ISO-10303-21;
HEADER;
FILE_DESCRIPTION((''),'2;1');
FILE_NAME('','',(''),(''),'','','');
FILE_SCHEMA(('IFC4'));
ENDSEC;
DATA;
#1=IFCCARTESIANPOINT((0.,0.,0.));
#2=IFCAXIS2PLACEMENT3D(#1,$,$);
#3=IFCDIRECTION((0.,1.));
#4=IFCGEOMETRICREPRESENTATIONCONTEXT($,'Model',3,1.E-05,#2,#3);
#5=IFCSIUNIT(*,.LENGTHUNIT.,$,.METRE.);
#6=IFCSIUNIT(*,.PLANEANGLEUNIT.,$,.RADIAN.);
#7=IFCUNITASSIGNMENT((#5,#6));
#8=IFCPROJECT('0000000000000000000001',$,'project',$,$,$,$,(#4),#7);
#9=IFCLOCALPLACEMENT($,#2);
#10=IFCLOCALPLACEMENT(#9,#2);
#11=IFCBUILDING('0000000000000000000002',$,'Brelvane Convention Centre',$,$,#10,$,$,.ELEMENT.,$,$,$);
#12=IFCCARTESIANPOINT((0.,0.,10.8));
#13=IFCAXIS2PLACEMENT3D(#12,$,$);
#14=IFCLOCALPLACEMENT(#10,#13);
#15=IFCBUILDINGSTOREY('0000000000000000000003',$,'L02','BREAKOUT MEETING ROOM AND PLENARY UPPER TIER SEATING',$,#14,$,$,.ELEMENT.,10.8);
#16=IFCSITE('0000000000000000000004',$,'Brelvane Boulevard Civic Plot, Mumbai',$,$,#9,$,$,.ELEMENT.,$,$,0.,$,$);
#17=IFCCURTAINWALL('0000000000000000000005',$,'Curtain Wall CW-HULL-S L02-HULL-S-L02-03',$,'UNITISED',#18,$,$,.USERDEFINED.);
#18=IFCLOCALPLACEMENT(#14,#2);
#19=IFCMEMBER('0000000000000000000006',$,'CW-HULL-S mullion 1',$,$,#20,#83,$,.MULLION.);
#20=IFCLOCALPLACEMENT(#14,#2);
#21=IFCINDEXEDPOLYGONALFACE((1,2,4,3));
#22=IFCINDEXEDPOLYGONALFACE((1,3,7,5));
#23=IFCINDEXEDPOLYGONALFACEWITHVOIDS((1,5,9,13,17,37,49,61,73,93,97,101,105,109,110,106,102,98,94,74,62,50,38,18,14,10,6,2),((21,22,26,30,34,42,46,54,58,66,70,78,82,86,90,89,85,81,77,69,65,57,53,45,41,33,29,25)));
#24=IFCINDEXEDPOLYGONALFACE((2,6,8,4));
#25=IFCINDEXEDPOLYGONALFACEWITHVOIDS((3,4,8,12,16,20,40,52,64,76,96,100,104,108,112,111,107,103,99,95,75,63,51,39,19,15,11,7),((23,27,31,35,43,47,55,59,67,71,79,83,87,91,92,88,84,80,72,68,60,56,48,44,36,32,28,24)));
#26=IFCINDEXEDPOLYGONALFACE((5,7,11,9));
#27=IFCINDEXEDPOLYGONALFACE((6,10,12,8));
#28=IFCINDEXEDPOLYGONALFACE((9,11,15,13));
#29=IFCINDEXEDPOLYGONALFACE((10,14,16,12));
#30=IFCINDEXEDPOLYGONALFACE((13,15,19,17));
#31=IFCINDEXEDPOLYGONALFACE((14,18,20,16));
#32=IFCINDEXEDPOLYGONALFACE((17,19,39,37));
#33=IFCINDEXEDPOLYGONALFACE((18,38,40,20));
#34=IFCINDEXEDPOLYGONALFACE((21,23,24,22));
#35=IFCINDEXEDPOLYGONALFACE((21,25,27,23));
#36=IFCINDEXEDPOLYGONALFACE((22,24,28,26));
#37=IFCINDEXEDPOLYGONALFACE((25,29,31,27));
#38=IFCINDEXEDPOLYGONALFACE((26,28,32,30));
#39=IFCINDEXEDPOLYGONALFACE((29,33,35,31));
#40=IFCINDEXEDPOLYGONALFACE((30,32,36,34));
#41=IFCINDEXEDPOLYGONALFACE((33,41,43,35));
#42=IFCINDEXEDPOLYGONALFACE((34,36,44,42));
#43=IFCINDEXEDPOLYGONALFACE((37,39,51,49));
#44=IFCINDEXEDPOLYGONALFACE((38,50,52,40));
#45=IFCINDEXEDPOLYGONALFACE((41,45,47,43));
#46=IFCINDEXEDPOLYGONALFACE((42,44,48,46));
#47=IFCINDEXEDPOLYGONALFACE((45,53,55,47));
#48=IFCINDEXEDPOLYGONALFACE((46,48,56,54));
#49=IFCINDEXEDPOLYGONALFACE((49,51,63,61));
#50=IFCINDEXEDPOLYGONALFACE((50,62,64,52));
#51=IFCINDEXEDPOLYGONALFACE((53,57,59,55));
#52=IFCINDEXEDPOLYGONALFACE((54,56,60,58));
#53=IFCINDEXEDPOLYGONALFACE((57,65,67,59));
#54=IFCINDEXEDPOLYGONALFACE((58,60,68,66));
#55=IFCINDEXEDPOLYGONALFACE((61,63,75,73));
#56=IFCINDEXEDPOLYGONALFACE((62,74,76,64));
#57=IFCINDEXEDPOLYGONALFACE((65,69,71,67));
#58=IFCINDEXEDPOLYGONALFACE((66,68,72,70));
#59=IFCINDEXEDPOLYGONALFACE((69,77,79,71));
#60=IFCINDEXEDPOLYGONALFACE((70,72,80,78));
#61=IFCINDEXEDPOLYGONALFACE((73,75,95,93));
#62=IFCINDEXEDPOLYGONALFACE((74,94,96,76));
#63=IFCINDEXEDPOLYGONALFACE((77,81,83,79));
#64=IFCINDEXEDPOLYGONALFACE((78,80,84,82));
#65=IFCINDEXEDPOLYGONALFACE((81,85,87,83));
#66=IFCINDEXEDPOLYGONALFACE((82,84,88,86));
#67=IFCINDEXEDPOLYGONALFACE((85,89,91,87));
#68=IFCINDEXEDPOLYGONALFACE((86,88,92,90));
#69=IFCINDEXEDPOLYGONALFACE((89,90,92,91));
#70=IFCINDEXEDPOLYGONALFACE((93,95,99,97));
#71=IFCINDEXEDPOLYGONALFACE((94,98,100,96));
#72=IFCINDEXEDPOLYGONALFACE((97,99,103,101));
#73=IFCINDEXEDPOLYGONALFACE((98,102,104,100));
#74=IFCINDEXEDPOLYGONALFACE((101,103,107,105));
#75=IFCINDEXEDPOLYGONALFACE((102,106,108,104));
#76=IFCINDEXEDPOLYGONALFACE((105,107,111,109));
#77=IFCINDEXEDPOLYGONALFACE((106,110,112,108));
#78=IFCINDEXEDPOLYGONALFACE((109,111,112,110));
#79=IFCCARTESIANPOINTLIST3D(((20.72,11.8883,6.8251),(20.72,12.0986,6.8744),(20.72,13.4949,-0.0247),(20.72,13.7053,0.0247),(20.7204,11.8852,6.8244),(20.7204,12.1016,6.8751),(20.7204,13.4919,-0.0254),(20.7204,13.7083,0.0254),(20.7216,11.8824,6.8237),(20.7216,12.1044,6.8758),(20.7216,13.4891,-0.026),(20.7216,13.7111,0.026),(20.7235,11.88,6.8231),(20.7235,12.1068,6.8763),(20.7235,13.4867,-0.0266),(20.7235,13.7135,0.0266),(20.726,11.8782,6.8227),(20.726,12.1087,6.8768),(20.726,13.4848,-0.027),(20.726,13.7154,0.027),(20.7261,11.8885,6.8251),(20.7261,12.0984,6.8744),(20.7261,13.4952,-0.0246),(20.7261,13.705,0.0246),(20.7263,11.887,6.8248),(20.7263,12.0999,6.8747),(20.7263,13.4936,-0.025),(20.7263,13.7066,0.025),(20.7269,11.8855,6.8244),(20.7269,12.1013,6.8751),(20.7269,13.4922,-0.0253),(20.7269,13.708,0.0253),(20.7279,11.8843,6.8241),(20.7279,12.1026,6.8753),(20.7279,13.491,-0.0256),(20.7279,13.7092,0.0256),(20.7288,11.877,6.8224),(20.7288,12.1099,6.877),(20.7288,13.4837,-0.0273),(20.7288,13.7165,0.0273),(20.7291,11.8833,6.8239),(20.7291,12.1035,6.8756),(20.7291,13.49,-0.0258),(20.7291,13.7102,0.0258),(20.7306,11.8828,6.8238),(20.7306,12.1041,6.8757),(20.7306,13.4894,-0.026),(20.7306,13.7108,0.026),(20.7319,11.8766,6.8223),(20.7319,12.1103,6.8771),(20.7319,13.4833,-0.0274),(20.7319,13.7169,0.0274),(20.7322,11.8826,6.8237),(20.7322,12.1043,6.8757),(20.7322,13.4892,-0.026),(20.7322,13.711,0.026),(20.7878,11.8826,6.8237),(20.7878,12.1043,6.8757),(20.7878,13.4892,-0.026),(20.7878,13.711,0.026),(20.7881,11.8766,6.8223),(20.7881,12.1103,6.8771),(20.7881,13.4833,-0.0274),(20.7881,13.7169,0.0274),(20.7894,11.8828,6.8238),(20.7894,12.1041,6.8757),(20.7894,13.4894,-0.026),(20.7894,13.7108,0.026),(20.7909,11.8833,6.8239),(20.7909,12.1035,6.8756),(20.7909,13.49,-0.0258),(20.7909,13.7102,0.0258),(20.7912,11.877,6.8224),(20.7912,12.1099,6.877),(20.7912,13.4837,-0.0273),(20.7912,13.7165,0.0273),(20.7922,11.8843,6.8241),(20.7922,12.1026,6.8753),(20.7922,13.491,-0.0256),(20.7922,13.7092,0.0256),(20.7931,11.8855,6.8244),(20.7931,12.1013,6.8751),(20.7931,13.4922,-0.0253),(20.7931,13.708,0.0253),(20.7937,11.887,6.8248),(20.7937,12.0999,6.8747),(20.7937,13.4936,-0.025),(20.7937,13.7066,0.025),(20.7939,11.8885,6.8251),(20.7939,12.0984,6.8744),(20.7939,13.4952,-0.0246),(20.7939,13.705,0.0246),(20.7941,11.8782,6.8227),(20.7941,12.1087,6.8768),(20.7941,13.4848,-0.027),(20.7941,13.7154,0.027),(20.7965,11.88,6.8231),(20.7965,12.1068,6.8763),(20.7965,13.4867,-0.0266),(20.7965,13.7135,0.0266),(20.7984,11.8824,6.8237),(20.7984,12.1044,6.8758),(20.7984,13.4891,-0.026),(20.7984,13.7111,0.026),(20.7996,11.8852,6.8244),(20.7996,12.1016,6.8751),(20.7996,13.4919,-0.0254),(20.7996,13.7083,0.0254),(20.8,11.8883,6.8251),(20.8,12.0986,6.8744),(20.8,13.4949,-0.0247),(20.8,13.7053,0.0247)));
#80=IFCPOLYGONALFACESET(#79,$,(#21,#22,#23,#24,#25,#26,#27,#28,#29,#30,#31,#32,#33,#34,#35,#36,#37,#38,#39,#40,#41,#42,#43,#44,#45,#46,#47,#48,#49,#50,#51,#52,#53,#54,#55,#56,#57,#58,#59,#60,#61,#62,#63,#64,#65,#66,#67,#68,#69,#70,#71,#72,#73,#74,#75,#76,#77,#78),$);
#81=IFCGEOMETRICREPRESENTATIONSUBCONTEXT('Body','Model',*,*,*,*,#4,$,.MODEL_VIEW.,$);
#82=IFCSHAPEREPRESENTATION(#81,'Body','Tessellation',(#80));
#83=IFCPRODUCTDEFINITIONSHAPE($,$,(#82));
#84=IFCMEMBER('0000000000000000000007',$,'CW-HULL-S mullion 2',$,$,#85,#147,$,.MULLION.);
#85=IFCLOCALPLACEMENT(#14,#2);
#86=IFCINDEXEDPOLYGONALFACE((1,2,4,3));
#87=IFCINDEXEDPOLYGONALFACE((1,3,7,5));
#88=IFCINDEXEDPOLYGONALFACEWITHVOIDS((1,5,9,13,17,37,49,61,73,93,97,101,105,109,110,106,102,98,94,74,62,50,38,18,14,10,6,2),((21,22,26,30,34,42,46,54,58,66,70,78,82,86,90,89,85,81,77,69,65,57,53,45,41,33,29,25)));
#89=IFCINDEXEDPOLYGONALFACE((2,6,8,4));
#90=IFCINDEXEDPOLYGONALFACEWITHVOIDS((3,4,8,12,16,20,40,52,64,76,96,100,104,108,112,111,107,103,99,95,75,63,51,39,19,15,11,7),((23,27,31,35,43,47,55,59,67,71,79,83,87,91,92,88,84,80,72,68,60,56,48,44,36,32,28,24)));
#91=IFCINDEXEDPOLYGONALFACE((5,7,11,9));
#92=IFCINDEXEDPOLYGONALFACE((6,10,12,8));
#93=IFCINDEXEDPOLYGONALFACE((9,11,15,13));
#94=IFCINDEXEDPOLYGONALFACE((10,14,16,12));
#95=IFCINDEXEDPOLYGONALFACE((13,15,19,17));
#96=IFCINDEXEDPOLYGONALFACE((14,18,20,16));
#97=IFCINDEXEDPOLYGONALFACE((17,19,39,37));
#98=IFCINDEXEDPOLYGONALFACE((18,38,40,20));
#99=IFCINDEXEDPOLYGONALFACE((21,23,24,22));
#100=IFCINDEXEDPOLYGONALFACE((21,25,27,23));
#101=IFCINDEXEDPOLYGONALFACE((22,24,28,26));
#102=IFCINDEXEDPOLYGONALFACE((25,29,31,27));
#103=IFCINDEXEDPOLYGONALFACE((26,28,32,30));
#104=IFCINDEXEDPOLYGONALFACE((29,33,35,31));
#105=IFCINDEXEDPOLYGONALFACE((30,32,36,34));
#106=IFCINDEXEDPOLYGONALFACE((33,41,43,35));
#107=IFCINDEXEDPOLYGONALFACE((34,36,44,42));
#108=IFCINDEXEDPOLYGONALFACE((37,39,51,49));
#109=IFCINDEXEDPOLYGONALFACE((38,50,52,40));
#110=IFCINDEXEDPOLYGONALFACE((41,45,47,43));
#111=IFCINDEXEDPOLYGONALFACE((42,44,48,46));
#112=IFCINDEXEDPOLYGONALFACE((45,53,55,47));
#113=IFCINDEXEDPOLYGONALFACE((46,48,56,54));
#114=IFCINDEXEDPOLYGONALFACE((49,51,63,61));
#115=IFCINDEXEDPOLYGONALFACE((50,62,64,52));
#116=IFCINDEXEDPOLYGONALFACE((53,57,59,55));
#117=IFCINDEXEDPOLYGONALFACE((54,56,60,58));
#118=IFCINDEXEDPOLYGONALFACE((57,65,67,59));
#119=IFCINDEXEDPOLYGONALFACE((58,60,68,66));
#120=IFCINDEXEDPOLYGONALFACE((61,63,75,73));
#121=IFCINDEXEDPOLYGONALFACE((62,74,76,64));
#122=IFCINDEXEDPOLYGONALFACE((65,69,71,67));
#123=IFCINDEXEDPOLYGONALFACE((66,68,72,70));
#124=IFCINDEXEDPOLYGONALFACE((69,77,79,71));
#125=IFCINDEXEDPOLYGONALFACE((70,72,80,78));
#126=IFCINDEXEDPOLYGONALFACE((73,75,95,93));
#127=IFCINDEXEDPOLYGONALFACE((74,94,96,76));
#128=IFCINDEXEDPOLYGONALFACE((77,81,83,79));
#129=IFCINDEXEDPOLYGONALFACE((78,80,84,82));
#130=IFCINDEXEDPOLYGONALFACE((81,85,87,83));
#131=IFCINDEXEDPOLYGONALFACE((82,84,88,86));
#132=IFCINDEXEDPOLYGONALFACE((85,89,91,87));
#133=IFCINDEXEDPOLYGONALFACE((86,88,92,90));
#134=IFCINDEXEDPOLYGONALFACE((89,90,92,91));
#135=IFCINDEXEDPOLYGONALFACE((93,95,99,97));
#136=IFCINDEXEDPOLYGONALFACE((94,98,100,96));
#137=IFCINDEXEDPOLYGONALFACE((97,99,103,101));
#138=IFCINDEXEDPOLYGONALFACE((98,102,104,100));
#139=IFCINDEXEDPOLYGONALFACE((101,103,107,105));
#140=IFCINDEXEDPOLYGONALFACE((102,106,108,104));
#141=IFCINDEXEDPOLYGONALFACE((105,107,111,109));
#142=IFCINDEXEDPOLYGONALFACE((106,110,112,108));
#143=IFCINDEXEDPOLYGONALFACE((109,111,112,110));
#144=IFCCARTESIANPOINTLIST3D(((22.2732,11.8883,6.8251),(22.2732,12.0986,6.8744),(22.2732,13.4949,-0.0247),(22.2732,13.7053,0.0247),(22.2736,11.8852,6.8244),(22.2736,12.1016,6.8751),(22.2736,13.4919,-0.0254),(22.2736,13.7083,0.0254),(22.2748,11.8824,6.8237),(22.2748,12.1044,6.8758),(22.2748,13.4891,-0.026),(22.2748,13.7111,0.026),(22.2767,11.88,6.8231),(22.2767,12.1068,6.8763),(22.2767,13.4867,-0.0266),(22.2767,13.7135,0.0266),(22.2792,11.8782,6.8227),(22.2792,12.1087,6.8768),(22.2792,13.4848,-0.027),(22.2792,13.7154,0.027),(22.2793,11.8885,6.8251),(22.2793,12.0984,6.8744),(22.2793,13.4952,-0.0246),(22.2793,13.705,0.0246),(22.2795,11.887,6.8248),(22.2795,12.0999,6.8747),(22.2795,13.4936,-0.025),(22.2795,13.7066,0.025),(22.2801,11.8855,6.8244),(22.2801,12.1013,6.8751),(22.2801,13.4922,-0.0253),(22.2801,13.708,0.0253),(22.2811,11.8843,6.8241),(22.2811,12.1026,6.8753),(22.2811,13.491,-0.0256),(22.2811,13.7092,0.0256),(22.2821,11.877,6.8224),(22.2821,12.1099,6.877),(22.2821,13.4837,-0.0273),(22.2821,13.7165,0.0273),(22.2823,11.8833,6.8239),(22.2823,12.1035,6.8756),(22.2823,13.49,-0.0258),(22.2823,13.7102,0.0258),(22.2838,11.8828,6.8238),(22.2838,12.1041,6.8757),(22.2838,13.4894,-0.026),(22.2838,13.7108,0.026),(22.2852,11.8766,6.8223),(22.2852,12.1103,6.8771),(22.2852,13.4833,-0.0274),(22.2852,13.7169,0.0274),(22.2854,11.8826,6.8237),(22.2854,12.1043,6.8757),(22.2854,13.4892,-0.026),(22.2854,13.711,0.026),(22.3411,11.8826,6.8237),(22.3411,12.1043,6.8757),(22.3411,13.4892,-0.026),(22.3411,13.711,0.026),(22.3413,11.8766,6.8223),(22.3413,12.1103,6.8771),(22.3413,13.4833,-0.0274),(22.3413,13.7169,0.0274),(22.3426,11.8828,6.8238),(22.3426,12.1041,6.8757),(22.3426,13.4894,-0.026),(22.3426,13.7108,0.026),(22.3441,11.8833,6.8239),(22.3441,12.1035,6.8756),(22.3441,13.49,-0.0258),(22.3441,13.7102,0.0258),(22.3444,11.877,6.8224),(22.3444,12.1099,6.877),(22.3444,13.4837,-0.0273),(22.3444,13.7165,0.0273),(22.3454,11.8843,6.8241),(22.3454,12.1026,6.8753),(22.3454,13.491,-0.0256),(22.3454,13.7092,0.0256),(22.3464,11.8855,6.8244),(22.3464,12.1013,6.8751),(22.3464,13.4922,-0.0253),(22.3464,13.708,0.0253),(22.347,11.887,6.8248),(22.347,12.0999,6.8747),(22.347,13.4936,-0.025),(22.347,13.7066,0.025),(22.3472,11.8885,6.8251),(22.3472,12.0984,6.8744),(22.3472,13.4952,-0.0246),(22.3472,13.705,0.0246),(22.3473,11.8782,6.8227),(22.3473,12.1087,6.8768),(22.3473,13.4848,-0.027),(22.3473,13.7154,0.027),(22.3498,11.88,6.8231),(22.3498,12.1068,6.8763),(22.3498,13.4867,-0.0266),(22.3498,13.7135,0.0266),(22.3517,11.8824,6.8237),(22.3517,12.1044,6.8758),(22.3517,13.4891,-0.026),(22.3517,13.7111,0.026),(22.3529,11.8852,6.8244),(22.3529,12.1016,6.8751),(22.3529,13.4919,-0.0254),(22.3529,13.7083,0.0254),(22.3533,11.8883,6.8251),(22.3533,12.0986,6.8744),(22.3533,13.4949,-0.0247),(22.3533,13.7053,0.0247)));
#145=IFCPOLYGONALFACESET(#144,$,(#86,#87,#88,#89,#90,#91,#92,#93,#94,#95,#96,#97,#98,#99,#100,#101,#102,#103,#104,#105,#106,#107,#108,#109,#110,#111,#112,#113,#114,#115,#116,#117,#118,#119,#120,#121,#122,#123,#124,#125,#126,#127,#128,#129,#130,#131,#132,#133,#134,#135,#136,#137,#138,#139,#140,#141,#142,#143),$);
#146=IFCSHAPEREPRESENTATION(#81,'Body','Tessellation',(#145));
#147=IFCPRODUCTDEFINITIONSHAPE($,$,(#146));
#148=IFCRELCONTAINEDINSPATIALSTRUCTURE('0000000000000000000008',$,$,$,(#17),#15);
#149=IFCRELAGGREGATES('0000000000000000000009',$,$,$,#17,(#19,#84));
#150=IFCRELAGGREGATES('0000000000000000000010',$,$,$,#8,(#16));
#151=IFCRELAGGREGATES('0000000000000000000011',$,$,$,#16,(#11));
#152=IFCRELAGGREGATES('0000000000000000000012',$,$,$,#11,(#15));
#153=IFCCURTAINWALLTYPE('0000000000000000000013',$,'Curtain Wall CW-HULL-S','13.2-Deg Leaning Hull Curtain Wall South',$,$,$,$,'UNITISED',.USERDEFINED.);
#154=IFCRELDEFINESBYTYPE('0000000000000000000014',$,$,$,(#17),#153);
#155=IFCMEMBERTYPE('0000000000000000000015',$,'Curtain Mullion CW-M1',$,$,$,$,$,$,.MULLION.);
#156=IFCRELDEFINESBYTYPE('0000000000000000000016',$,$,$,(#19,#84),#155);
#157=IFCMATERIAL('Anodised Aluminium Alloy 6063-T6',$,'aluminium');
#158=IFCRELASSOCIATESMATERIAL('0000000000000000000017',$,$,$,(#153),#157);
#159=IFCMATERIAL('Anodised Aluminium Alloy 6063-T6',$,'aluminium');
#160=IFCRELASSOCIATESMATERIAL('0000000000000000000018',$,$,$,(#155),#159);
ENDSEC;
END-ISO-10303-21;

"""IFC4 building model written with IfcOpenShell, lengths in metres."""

from ifc_helpers import new_model, si_unit, direction, frame, origin, origin_2d, place, context, subcontext, project, spatial, hollow_rectangle, extrude, material, material_profile, profile_set, type_object, element, aggregate, save


model = new_model("IFC4")

# Units and contexts
model_context = context("Model", 3, precision=1e-05, world=origin(), true_north=direction((0.0, 1.0)))
body_context = subcontext(model_context, "Body", "Model", "MODEL_VIEW")
ifc_project = project(units=[si_unit("LENGTHUNIT", "METRE"), si_unit("PLANEANGLEUNIT", "RADIAN")], contexts=[model_context])

# Site, building, storey
site_placement = place(None, origin())
site = spatial("IfcSite", under=ifc_project, at=site_placement, Name="Brelvane Boulevard Civic Plot, Mumbai", CompositionType="ELEMENT", RefElevation=0.0)
building_placement = place(site_placement, origin())
building = spatial("IfcBuilding", under=site, at=building_placement, Name="Brelvane Convention Centre", CompositionType="ELEMENT")
storey_placement = place(building_placement, frame((0.0, 0.0, 10.8)))
storey = spatial("IfcBuildingStorey", under=building, at=storey_placement, Name="L02", Description="BREAKOUT MEETING ROOM AND PLENARY UPPER TIER SEATING", CompositionType="ELEMENT", Elevation=10.8)

# Shared definitions
ifc_material_1 = material(Name="Anodised Aluminium Alloy 6063-T6", Category="aluminium")
curtain_wall_type = type_object("IfcCurtainWallType", Name="Curtain Wall CW-HULL-S", Description="13.2-Deg Leaning Hull Curtain Wall South", ElementType="UNITISED", PredefinedType="USERDEFINED", material=ifc_material_1)
ifc_material_2 = material(Name="Anodised Aluminium Alloy 6063-T6", Category="aluminium")
ifc_material_profile_1 = material_profile(ifc_material_2, hollow_rectangle(XDim=0.0801, YDim=0.24, WallThickness=0.0061, InnerFilletRadius=0.0061, OuterFilletRadius=0.012, at=origin_2d()), Name="ALU-M 240x80x6.0")
ifc_profile_set_1 = profile_set([ifc_material_profile_1], Name="Anodised Aluminium Alloy 6063-T6")
member_type_1 = type_object("IfcMemberType", Name="Curtain Mullion CW-M1", PredefinedType="MULLION", material=ifc_profile_set_1)

# Curtain wall, members
curtain_wall_1_placement = place(storey_placement, origin())
curtain_wall_1 = element("IfcCurtainWall", 1, at=curtain_wall_1_placement, inside=storey, type_object=curtain_wall_type, Name="Curtain Wall CW-HULL-S L02-HULL-S-L02-03", ObjectType="UNITISED", PredefinedType="USERDEFINED")
member_1_placement = place(storey_placement, frame((20.76, 13.6001, 0.0), z_axis=(0.0, -0.22836, 0.973577), x_axis=(1.0, 0.0, 0.0)))
member_1 = element("IfcMember", 2, at=member_1_placement, type_object=member_type_1, Name="CW-HULL-S mullion 1", PredefinedType="MULLION", context=body_context, shape_type="SweptSolid", body=[
    extrude(hollow_rectangle(XDim=0.0801, YDim=0.24, WallThickness=0.0061, InnerFilletRadius=0.0061, OuterFilletRadius=0.012, at=origin_2d()), origin(), (0.0, 0.0, 1.0), 7.0356),
])
member_2_placement = place(storey_placement, frame((22.3132, 13.6001, 0.0), z_axis=(0.0, -0.22836, 0.973577), x_axis=(1.0, 0.0, 0.0)))
member_2 = element("IfcMember", 3, at=member_2_placement, type_object=member_type_1, Name="CW-HULL-S mullion 2", PredefinedType="MULLION", context=body_context, shape_type="SweptSolid", body=[
    extrude(hollow_rectangle(XDim=0.0801, YDim=0.24, WallThickness=0.0061, InnerFilletRadius=0.0061, OuterFilletRadius=0.012, at=origin_2d()), origin(), (0.0, 0.0, 1.0), 7.0356),
])

aggregate(curtain_wall_1, [member_1, member_2])

save(model, "model.ifc")
